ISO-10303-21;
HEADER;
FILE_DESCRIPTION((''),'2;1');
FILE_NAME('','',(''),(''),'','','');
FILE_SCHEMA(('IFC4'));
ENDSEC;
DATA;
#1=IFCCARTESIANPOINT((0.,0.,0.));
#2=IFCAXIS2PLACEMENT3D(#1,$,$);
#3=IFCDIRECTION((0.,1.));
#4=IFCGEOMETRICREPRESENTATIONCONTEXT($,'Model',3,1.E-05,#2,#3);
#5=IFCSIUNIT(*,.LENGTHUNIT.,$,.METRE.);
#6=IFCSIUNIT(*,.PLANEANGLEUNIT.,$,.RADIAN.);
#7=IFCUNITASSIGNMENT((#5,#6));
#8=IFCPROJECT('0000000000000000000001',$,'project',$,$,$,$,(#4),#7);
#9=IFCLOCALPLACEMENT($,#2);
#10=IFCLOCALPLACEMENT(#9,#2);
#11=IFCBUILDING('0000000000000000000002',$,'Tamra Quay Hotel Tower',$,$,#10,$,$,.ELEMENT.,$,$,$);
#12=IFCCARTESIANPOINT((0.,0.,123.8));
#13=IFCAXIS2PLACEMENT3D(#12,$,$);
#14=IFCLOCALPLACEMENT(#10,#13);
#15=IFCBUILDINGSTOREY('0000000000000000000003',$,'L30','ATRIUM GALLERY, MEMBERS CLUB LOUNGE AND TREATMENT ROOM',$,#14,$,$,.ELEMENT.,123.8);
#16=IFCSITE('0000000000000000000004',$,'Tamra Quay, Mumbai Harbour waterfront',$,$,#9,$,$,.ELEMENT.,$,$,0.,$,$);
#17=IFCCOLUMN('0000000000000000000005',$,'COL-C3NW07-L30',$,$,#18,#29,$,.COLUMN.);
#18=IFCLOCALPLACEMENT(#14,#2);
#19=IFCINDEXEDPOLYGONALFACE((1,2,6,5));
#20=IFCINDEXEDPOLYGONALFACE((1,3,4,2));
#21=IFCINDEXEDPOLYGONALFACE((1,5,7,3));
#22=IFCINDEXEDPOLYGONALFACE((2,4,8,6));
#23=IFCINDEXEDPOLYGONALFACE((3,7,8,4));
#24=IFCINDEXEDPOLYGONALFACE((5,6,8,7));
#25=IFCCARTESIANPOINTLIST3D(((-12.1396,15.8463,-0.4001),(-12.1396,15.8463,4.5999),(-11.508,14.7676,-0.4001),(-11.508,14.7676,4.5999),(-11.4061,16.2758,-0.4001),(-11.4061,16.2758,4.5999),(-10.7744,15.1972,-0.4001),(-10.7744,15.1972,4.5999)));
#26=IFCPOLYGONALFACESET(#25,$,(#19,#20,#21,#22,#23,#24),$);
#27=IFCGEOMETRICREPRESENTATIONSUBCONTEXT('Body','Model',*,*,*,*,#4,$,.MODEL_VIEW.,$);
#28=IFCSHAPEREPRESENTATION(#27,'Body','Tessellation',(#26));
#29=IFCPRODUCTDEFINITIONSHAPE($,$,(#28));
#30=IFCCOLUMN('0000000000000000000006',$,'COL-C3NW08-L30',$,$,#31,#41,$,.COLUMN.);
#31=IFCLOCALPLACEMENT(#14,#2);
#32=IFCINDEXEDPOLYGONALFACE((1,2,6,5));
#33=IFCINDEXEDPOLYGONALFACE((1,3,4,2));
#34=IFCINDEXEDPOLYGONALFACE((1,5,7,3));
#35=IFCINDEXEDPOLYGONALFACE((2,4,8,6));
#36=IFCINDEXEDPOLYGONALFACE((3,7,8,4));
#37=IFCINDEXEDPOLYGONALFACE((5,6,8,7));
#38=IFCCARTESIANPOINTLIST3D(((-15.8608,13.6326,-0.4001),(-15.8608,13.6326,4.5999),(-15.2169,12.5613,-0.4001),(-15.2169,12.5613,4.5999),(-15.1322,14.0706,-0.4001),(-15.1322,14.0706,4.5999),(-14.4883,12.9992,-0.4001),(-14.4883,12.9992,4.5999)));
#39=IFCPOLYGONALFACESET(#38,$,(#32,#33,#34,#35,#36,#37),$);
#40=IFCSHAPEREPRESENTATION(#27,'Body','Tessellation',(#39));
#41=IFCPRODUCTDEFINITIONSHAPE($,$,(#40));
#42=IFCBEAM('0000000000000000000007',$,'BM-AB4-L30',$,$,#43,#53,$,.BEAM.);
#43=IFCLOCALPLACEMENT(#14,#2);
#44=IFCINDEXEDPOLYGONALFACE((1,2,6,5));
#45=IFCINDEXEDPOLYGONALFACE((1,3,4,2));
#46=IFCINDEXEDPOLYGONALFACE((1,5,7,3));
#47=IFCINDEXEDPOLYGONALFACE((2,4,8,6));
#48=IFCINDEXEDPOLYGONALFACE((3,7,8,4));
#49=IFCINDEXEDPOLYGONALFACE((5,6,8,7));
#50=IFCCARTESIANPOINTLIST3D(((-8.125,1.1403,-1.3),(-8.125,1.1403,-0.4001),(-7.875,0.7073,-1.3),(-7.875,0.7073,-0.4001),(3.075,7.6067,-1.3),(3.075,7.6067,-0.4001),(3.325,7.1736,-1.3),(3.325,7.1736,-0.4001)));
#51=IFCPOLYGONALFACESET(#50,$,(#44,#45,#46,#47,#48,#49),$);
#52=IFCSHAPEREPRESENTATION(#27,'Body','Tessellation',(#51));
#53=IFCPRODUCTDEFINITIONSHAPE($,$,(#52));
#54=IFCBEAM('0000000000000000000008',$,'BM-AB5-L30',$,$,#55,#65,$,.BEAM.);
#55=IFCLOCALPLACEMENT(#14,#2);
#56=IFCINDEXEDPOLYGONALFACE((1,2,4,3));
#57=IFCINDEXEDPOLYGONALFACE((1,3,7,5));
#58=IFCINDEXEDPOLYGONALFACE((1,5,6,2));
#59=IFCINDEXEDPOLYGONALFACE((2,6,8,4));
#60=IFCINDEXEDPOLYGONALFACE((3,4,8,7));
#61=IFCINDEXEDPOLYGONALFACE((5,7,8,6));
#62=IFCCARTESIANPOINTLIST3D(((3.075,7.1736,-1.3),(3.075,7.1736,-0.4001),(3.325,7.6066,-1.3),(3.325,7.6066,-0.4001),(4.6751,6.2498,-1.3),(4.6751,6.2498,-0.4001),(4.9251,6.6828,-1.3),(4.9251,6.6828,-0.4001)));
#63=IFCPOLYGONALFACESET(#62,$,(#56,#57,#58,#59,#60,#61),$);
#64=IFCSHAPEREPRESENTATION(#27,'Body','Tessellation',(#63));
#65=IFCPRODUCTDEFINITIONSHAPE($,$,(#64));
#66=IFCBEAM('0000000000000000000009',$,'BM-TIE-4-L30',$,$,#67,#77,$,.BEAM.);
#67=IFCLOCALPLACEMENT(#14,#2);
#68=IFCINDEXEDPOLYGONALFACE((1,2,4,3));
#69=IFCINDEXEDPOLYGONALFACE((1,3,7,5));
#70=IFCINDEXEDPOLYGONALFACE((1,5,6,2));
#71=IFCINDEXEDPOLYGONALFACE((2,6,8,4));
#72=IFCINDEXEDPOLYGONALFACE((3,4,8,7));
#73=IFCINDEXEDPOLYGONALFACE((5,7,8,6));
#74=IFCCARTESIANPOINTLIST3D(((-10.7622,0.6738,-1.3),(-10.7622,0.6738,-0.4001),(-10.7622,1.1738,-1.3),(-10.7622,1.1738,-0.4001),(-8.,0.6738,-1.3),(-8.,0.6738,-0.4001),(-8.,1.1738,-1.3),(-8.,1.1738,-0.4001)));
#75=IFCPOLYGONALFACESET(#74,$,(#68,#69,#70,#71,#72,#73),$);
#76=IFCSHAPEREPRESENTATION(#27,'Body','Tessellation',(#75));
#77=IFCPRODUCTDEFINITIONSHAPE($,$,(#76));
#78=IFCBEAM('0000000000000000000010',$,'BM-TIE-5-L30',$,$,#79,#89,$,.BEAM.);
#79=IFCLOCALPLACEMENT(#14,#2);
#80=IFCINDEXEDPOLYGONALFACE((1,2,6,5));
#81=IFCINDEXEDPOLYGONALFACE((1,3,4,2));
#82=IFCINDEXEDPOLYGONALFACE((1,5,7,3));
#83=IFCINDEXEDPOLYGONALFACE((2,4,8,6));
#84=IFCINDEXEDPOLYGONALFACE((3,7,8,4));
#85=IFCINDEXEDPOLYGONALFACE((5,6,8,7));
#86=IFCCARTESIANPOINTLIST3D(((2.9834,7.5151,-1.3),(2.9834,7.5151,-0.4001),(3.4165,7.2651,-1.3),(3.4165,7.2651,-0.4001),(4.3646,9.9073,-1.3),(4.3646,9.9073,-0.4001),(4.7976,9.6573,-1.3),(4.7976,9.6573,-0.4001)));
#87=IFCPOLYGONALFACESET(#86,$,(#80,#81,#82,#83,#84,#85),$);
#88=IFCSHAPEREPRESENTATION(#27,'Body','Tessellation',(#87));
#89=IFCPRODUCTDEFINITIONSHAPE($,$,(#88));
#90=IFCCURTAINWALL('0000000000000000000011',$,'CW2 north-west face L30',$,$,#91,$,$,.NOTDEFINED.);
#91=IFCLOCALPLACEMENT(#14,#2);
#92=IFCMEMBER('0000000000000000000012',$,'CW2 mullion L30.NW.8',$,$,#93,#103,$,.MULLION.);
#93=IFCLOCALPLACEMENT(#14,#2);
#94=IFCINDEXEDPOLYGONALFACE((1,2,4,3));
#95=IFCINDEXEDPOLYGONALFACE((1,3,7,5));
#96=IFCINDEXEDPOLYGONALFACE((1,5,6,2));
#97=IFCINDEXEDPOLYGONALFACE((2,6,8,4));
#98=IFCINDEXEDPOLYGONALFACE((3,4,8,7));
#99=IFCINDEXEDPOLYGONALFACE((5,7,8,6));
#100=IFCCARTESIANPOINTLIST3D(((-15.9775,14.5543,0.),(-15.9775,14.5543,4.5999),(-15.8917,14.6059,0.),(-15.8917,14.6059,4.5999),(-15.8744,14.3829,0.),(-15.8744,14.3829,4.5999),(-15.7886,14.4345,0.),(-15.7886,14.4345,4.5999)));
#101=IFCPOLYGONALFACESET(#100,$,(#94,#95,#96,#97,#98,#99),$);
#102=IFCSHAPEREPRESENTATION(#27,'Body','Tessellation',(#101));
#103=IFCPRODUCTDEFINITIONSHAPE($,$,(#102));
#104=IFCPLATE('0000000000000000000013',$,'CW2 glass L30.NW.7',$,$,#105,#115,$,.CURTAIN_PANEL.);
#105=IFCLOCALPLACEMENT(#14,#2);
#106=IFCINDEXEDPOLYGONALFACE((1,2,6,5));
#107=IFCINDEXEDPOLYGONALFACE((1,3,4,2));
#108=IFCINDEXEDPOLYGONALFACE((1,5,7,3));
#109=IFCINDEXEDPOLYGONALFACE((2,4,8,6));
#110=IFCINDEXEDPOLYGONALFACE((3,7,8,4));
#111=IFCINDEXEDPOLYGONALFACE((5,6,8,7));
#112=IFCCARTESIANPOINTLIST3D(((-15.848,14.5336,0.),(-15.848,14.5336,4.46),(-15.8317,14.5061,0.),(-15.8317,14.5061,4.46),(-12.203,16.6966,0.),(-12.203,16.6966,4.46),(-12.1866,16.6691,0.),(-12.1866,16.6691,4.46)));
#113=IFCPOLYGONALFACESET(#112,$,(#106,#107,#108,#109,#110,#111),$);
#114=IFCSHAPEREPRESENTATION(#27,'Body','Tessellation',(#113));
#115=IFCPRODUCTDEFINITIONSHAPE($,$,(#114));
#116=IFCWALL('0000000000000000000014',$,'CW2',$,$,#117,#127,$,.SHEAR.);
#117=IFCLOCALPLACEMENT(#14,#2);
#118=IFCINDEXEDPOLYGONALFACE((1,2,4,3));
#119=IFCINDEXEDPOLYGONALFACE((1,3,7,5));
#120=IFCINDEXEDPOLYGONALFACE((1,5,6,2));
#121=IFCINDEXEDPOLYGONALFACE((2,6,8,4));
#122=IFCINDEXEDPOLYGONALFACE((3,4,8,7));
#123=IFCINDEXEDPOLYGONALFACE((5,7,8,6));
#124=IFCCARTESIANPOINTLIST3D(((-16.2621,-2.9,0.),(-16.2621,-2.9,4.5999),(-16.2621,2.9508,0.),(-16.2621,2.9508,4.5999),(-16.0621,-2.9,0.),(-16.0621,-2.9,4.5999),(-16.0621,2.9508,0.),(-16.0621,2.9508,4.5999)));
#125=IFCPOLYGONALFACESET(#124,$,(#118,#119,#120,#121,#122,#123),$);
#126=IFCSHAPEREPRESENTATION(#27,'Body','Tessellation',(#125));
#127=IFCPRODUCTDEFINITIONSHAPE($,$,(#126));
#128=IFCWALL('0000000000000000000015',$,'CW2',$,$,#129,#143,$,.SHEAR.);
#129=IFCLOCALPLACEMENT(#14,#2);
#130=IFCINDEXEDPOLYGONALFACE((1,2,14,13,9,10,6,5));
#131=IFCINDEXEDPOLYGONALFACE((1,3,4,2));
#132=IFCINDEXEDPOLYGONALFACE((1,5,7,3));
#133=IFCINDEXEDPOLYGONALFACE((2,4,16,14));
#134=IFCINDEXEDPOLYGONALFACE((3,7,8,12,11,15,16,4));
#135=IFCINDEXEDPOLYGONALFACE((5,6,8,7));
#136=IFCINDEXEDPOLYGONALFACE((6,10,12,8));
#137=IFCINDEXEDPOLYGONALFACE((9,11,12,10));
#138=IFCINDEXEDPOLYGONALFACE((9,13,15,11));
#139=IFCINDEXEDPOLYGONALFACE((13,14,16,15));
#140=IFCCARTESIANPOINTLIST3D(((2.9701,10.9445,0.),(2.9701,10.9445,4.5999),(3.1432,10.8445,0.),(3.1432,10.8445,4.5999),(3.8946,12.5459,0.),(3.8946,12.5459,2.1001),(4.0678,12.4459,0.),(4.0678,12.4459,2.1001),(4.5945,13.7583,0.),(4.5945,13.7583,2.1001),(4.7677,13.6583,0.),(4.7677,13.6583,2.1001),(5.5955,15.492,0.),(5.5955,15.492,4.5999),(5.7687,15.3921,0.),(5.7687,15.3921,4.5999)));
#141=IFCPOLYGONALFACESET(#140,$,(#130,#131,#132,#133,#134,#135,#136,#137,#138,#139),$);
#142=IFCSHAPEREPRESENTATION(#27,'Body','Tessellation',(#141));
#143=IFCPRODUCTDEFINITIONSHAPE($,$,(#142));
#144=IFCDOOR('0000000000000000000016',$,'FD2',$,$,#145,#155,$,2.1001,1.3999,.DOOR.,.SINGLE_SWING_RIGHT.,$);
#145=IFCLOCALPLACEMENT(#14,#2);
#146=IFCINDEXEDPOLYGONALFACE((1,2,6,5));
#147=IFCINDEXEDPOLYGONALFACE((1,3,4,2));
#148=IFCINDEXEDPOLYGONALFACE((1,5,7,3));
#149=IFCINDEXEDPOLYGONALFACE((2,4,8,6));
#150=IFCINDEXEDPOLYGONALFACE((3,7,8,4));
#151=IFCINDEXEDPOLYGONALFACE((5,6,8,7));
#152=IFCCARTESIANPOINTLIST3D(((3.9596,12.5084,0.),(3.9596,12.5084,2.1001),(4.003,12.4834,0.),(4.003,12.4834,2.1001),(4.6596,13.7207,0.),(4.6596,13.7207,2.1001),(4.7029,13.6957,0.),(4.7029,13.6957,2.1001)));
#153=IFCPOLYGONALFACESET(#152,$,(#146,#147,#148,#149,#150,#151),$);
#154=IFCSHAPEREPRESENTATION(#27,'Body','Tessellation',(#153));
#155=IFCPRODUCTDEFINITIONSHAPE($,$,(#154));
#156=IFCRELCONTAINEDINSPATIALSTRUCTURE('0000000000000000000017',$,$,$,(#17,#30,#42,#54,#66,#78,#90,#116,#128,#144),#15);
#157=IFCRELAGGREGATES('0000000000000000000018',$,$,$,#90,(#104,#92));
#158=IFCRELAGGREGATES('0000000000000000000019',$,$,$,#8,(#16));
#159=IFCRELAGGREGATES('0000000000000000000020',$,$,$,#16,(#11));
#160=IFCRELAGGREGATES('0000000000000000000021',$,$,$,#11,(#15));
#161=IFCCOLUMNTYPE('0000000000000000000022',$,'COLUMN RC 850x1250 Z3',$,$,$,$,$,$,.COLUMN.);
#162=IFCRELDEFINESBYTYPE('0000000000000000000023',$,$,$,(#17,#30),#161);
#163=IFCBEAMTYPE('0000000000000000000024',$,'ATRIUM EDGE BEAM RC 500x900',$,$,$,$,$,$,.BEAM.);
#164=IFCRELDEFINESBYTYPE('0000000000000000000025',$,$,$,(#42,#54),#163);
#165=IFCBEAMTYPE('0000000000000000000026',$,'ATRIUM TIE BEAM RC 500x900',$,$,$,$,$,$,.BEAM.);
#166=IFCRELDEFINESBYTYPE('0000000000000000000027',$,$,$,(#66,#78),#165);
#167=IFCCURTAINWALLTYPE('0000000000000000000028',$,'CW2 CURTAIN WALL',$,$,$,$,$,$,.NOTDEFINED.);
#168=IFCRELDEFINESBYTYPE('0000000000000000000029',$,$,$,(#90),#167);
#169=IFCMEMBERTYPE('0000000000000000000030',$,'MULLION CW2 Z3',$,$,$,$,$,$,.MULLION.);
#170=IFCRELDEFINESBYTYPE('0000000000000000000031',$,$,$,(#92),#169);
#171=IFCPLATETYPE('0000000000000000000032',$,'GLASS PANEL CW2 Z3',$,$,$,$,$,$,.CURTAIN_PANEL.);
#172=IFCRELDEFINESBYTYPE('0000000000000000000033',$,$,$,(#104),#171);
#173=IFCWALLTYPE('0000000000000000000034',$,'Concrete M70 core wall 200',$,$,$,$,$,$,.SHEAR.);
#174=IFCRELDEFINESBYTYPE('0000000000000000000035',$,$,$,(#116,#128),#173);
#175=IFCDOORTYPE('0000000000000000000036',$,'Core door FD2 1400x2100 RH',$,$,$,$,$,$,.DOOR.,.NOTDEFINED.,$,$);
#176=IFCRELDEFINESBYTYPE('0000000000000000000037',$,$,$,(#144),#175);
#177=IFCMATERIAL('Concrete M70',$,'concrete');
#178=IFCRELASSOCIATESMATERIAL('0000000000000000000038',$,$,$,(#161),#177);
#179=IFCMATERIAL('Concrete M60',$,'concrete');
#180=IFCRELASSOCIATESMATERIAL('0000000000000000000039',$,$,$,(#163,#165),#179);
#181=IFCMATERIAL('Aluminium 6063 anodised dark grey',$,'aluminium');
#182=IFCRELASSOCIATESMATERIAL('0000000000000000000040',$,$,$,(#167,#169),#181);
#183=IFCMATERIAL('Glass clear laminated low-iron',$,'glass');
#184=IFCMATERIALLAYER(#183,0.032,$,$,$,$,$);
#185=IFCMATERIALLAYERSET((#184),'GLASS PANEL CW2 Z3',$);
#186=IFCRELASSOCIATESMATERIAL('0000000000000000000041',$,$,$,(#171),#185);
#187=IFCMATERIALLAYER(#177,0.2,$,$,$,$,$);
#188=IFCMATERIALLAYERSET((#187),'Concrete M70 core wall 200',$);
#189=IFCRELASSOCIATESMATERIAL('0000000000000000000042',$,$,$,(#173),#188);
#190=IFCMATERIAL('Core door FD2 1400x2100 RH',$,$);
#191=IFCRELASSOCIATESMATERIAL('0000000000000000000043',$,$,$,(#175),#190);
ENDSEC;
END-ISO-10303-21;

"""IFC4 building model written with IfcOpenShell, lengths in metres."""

from ifc_helpers import new_model, si_unit, direction, frame, frame_2d, origin, origin_2d, place, context, subcontext, project, spatial, rectangle, extrude, material, layer, layer_set, material_profile, profile_set, type_object, element, fill, aggregate, save


model = new_model("IFC4")

# Units and contexts
model_context = context("Model", 3, precision=1e-05, world=origin(), true_north=direction((0.0, 1.0)))
body_context = subcontext(model_context, "Body", "Model", "MODEL_VIEW")
ifc_project = project(units=[si_unit("LENGTHUNIT", "METRE"), si_unit("PLANEANGLEUNIT", "RADIAN")], contexts=[model_context])

# Site, building, storey
site_placement = place(None, origin())
site = spatial("IfcSite", under=ifc_project, at=site_placement, Name="Tamra Quay, Mumbai Harbour waterfront", CompositionType="ELEMENT", RefElevation=0.0)
building_placement = place(site_placement, origin())
building = spatial("IfcBuilding", under=site, at=building_placement, Name="Tamra Quay Hotel Tower", CompositionType="ELEMENT")
storey_placement = place(building_placement, frame((0.0, 0.0, 123.8)))
storey = spatial("IfcBuildingStorey", under=building, at=storey_placement, Name="L30", Description="ATRIUM GALLERY, MEMBERS CLUB LOUNGE AND TREATMENT ROOM", CompositionType="ELEMENT", Elevation=123.8)

# Columns
ifc_material_1 = material(Name="Concrete M70", Category="concrete")
ifc_material_profile_1 = material_profile(ifc_material_1, rectangle(XDim=1.25, YDim=0.8501, at=origin_2d()), Name="COLUMN RC 850x1250 Z3")
ifc_profile_set_1 = profile_set([ifc_material_profile_1], Name="Concrete M70")
column_type = type_object("IfcColumnType", Name="COLUMN RC 850x1250 Z3", PredefinedType="COLUMN", material=ifc_profile_set_1)
for number, where, z_axis, x_axis, name in (
    (1, (-11.457, 15.5217, -0.4001), (0.0, 0.0, 1.0), (-0.505325, 0.862929, 0.0), "COL-C3NW07-L30"),
    (2, (-15.1746, 13.3159, -0.4001), (0.0, 0.0, 1.0), (-0.515162, 0.857093, 0.0), "COL-C3NW08-L30"),
):
    element("IfcColumn", number, at=place(storey_placement, frame(where, z_axis=z_axis, x_axis=x_axis)), inside=storey, type_object=column_type, Name=name, PredefinedType="COLUMN", context=body_context, shape_type="SweptSolid", body=[
        extrude(rectangle(XDim=1.25, YDim=0.8501, at=origin_2d()), origin(), (0.0, 0.0, 1.0), 5.0),
    ])

# Beams
ifc_material_2 = material(Name="Concrete M60", Category="concrete")
ifc_material_profile_2 = material_profile(ifc_material_2, rectangle(XDim=0.5, YDim=0.8999, at=origin_2d()), Name="ATRIUM EDGE BEAM RC 500x900")
ifc_profile_set_2 = profile_set([ifc_material_profile_2], Name="Concrete M60")
beam_type_1 = type_object("IfcBeamType", Name="ATRIUM EDGE BEAM RC 500x900", PredefinedType="BEAM", material=ifc_profile_set_2)
beam_1_placement = place(storey_placement, frame((-8.0, 0.9238, -0.8501), z_axis=(0.866025, 0.500001, 0.0), x_axis=(-0.500001, 0.866025, 0.0)))
element("IfcBeam", 3, at=beam_1_placement, inside=storey, type_object=beam_type_1, Name="BM-AB4-L30", PredefinedType="BEAM", context=body_context, shape_type="SweptSolid", body=[
    extrude(rectangle(XDim=0.5, YDim=0.8999, at=origin_2d()), origin(), (0.0, 0.0, 1.0), 12.9326),
])
beam_2_placement = place(storey_placement, frame((3.2, 7.3901, -0.8501), z_axis=(0.866023, -0.500005, 0.0), x_axis=(0.500005, 0.866023, 0.0)))
element("IfcBeam", 4, at=beam_2_placement, inside=storey, type_object=beam_type_1, Name="BM-AB5-L30", PredefinedType="BEAM", context=body_context, shape_type="SweptSolid", body=[
    extrude(rectangle(XDim=0.5, YDim=0.8999, at=origin_2d()), origin(), (0.0, 0.0, 1.0), 1.8477),
])
ifc_material_profile_3 = material_profile(ifc_material_2, rectangle(XDim=0.5, YDim=0.8999, at=origin_2d()), Name="ATRIUM TIE BEAM RC 500x900")
ifc_profile_set_3 = profile_set([ifc_material_profile_3], Name="Concrete M60")
beam_type_2 = type_object("IfcBeamType", Name="ATRIUM TIE BEAM RC 500x900", PredefinedType="BEAM", material=ifc_profile_set_3)
for number, where, z_axis, x_axis, name in (
    (5, (-8.0, 0.9238, -0.8501), (-1.0, 0.0, 0.0), (0.0, -1.0, 0.0), "BM-TIE-4-L30"),
    (6, (3.2, 7.3901, -0.8501), (0.500008, 0.866021, 0.0), (-0.866021, 0.500008, 0.0), "BM-TIE-5-L30"),
):
    element("IfcBeam", number, at=place(storey_placement, frame(where, z_axis=z_axis, x_axis=x_axis)), inside=storey, type_object=beam_type_2, Name=name, PredefinedType="BEAM", context=body_context, shape_type="SweptSolid", body=[
        extrude(rectangle(XDim=0.5, YDim=0.8999, at=origin_2d()), origin(), (0.0, 0.0, 1.0), 2.7622),
    ])

# Curtain wall, member, plate
ifc_material_3 = material(Name="Aluminium 6063 anodised dark grey", Category="aluminium")
curtain_wall_type = type_object("IfcCurtainWallType", Name="CW2 CURTAIN WALL", PredefinedType="NOTDEFINED", material=ifc_material_3)
curtain_wall_placement = place(storey_placement, origin())
curtain_wall = element("IfcCurtainWall", 7, at=curtain_wall_placement, inside=storey, type_object=curtain_wall_type, Name="CW2 north-west face L30", PredefinedType="NOTDEFINED")
ifc_material_profile_4 = material_profile(ifc_material_3, rectangle(XDim=0.2, YDim=0.1001, at=origin_2d()), Name="MULLION 100X200")
ifc_profile_set_4 = profile_set([ifc_material_profile_4], Name="Aluminium 6063 anodised dark grey")
member_type = type_object("IfcMemberType", Name="MULLION CW2 Z3", PredefinedType="MULLION", material=ifc_profile_set_4)
member_placement = place(storey_placement, frame((-15.8831, 14.4944, 0.0), z_axis=(0.0, 0.0, 1.0), x_axis=(-0.515445, 0.856923, 0.0)))
member = element("IfcMember", 8, at=member_placement, type_object=member_type, Name="CW2 mullion L30.NW.8", PredefinedType="MULLION", context=body_context, shape_type="SweptSolid", body=[
    extrude(rectangle(XDim=0.2, YDim=0.1001, at=origin_2d()), origin(), (0.0, 0.0, 1.0), 4.5999),
])
ifc_material_4 = material(Name="Glass clear laminated low-iron", Category="glass")
ifc_layer_1 = layer(ifc_material_4, 0.032)
ifc_layer_set_1 = layer_set([ifc_layer_1], Name="GLASS PANEL CW2 Z3")
plate_type = type_object("IfcPlateType", Name="GLASS PANEL CW2 Z3", PredefinedType="CURTAIN_PANEL", material=ifc_layer_set_1)
plate_placement = place(storey_placement, frame((-14.0173, 15.6013, 0.0), z_axis=(0.0, 0.0, 1.0), x_axis=(-0.859985, -0.510319, 0.0)))
plate = element("IfcPlate", 9, at=plate_placement, type_object=plate_type, Name="CW2 glass L30.NW.7", PredefinedType="CURTAIN_PANEL", context=body_context, shape_type="SweptSolid", body=[
    extrude(rectangle(XDim=4.2385, YDim=0.032, at=origin_2d()), origin(), (0.0, 0.0, 1.0), 4.46),
])
aggregate(curtain_wall, [plate, member])

# Wall
ifc_layer_2 = layer(ifc_material_1, 0.2)
ifc_layer_set_2 = layer_set([ifc_layer_2], Name="Concrete M70 core wall 200")
wall_type_1 = type_object("IfcWallType", Name="Concrete M70 core wall 200", PredefinedType="SHEAR", material=ifc_layer_set_2)
wall_1_placement = place(storey_placement, frame((-16.1621, 2.9507, 0.0), z_axis=(0.0, 0.0, 1.0), x_axis=(0.0, -1.0, 0.0)))
element("IfcWall", 10, at=wall_1_placement, inside=storey, type_object=wall_type_1, Name="CW2", PredefinedType="SHEAR", context=body_context, shape_type="SweptSolid", body=[
    extrude(rectangle(XDim=5.8508, YDim=0.2, at=frame_2d((2.9253, 0.0))), origin(), (0.0, 0.0, 1.0), 4.5999),
])

# Wall, opening, door
wall_2_placement = place(storey_placement, frame((3.0566, 10.8945, 0.0), z_axis=(0.0, 0.0, 1.0), x_axis=(0.499989, 0.866032, 0.0)))
wall_2 = element("IfcWall", 11, at=wall_2_placement, inside=storey, type_object=wall_type_1, Name="CW2", PredefinedType="SHEAR", context=body_context, shape_type="SweptSolid", body=[
    extrude(rectangle(XDim=5.251, YDim=0.2, at=frame_2d((2.6255, 0.0))), origin(), (0.0, 0.0, 1.0), 4.5999),
])
opening_1_placement = place(wall_2_placement, frame((1.8491, 0.0, 0.0)))
opening_1 = element("IfcOpeningElement", 12, at=opening_1_placement, cuts=wall_2, PredefinedType="OPENING", context=body_context, shape_type="SweptSolid", body=[
    extrude(rectangle(XDim=1.3999, YDim=2.1001, at=frame_2d((0.7, 1.05))), frame((0.0, 0.1099, 0.0), z_axis=(0.0, -1.0, 0.0), x_axis=(1.0, 0.0, 0.0)), (0.0, 0.0, 1.0), 0.22),
])
ifc_material_5 = material(Name="Core door FD2 1400x2100 RH")
door_type_1 = type_object("IfcDoorType", Name="Core door FD2 1400x2100 RH", OperationType="NOTDEFINED", PredefinedType="DOOR", material=ifc_material_5)
door_1_placement = place(opening_1_placement, origin())
door_1 = element("IfcDoor", 13, at=door_1_placement, inside=storey, type_object=door_type_1, Name="FD2", OperationType="SINGLE_SWING_RIGHT", OverallHeight=2.1001, OverallWidth=1.3999, PredefinedType="DOOR", context=body_context, shape_type="SweptSolid", body=[
    extrude(rectangle(XDim=1.3999, YDim=2.1001, at=frame_2d((0.7, 1.05))), frame((0.0, 0.0249, 0.0), z_axis=(0.0, -1.0, 0.0), x_axis=(1.0, 0.0, 0.0)), (0.0, 0.0, 1.0), 0.05),
])
fill(opening_1, door_1)

save(model, "model.ifc")
